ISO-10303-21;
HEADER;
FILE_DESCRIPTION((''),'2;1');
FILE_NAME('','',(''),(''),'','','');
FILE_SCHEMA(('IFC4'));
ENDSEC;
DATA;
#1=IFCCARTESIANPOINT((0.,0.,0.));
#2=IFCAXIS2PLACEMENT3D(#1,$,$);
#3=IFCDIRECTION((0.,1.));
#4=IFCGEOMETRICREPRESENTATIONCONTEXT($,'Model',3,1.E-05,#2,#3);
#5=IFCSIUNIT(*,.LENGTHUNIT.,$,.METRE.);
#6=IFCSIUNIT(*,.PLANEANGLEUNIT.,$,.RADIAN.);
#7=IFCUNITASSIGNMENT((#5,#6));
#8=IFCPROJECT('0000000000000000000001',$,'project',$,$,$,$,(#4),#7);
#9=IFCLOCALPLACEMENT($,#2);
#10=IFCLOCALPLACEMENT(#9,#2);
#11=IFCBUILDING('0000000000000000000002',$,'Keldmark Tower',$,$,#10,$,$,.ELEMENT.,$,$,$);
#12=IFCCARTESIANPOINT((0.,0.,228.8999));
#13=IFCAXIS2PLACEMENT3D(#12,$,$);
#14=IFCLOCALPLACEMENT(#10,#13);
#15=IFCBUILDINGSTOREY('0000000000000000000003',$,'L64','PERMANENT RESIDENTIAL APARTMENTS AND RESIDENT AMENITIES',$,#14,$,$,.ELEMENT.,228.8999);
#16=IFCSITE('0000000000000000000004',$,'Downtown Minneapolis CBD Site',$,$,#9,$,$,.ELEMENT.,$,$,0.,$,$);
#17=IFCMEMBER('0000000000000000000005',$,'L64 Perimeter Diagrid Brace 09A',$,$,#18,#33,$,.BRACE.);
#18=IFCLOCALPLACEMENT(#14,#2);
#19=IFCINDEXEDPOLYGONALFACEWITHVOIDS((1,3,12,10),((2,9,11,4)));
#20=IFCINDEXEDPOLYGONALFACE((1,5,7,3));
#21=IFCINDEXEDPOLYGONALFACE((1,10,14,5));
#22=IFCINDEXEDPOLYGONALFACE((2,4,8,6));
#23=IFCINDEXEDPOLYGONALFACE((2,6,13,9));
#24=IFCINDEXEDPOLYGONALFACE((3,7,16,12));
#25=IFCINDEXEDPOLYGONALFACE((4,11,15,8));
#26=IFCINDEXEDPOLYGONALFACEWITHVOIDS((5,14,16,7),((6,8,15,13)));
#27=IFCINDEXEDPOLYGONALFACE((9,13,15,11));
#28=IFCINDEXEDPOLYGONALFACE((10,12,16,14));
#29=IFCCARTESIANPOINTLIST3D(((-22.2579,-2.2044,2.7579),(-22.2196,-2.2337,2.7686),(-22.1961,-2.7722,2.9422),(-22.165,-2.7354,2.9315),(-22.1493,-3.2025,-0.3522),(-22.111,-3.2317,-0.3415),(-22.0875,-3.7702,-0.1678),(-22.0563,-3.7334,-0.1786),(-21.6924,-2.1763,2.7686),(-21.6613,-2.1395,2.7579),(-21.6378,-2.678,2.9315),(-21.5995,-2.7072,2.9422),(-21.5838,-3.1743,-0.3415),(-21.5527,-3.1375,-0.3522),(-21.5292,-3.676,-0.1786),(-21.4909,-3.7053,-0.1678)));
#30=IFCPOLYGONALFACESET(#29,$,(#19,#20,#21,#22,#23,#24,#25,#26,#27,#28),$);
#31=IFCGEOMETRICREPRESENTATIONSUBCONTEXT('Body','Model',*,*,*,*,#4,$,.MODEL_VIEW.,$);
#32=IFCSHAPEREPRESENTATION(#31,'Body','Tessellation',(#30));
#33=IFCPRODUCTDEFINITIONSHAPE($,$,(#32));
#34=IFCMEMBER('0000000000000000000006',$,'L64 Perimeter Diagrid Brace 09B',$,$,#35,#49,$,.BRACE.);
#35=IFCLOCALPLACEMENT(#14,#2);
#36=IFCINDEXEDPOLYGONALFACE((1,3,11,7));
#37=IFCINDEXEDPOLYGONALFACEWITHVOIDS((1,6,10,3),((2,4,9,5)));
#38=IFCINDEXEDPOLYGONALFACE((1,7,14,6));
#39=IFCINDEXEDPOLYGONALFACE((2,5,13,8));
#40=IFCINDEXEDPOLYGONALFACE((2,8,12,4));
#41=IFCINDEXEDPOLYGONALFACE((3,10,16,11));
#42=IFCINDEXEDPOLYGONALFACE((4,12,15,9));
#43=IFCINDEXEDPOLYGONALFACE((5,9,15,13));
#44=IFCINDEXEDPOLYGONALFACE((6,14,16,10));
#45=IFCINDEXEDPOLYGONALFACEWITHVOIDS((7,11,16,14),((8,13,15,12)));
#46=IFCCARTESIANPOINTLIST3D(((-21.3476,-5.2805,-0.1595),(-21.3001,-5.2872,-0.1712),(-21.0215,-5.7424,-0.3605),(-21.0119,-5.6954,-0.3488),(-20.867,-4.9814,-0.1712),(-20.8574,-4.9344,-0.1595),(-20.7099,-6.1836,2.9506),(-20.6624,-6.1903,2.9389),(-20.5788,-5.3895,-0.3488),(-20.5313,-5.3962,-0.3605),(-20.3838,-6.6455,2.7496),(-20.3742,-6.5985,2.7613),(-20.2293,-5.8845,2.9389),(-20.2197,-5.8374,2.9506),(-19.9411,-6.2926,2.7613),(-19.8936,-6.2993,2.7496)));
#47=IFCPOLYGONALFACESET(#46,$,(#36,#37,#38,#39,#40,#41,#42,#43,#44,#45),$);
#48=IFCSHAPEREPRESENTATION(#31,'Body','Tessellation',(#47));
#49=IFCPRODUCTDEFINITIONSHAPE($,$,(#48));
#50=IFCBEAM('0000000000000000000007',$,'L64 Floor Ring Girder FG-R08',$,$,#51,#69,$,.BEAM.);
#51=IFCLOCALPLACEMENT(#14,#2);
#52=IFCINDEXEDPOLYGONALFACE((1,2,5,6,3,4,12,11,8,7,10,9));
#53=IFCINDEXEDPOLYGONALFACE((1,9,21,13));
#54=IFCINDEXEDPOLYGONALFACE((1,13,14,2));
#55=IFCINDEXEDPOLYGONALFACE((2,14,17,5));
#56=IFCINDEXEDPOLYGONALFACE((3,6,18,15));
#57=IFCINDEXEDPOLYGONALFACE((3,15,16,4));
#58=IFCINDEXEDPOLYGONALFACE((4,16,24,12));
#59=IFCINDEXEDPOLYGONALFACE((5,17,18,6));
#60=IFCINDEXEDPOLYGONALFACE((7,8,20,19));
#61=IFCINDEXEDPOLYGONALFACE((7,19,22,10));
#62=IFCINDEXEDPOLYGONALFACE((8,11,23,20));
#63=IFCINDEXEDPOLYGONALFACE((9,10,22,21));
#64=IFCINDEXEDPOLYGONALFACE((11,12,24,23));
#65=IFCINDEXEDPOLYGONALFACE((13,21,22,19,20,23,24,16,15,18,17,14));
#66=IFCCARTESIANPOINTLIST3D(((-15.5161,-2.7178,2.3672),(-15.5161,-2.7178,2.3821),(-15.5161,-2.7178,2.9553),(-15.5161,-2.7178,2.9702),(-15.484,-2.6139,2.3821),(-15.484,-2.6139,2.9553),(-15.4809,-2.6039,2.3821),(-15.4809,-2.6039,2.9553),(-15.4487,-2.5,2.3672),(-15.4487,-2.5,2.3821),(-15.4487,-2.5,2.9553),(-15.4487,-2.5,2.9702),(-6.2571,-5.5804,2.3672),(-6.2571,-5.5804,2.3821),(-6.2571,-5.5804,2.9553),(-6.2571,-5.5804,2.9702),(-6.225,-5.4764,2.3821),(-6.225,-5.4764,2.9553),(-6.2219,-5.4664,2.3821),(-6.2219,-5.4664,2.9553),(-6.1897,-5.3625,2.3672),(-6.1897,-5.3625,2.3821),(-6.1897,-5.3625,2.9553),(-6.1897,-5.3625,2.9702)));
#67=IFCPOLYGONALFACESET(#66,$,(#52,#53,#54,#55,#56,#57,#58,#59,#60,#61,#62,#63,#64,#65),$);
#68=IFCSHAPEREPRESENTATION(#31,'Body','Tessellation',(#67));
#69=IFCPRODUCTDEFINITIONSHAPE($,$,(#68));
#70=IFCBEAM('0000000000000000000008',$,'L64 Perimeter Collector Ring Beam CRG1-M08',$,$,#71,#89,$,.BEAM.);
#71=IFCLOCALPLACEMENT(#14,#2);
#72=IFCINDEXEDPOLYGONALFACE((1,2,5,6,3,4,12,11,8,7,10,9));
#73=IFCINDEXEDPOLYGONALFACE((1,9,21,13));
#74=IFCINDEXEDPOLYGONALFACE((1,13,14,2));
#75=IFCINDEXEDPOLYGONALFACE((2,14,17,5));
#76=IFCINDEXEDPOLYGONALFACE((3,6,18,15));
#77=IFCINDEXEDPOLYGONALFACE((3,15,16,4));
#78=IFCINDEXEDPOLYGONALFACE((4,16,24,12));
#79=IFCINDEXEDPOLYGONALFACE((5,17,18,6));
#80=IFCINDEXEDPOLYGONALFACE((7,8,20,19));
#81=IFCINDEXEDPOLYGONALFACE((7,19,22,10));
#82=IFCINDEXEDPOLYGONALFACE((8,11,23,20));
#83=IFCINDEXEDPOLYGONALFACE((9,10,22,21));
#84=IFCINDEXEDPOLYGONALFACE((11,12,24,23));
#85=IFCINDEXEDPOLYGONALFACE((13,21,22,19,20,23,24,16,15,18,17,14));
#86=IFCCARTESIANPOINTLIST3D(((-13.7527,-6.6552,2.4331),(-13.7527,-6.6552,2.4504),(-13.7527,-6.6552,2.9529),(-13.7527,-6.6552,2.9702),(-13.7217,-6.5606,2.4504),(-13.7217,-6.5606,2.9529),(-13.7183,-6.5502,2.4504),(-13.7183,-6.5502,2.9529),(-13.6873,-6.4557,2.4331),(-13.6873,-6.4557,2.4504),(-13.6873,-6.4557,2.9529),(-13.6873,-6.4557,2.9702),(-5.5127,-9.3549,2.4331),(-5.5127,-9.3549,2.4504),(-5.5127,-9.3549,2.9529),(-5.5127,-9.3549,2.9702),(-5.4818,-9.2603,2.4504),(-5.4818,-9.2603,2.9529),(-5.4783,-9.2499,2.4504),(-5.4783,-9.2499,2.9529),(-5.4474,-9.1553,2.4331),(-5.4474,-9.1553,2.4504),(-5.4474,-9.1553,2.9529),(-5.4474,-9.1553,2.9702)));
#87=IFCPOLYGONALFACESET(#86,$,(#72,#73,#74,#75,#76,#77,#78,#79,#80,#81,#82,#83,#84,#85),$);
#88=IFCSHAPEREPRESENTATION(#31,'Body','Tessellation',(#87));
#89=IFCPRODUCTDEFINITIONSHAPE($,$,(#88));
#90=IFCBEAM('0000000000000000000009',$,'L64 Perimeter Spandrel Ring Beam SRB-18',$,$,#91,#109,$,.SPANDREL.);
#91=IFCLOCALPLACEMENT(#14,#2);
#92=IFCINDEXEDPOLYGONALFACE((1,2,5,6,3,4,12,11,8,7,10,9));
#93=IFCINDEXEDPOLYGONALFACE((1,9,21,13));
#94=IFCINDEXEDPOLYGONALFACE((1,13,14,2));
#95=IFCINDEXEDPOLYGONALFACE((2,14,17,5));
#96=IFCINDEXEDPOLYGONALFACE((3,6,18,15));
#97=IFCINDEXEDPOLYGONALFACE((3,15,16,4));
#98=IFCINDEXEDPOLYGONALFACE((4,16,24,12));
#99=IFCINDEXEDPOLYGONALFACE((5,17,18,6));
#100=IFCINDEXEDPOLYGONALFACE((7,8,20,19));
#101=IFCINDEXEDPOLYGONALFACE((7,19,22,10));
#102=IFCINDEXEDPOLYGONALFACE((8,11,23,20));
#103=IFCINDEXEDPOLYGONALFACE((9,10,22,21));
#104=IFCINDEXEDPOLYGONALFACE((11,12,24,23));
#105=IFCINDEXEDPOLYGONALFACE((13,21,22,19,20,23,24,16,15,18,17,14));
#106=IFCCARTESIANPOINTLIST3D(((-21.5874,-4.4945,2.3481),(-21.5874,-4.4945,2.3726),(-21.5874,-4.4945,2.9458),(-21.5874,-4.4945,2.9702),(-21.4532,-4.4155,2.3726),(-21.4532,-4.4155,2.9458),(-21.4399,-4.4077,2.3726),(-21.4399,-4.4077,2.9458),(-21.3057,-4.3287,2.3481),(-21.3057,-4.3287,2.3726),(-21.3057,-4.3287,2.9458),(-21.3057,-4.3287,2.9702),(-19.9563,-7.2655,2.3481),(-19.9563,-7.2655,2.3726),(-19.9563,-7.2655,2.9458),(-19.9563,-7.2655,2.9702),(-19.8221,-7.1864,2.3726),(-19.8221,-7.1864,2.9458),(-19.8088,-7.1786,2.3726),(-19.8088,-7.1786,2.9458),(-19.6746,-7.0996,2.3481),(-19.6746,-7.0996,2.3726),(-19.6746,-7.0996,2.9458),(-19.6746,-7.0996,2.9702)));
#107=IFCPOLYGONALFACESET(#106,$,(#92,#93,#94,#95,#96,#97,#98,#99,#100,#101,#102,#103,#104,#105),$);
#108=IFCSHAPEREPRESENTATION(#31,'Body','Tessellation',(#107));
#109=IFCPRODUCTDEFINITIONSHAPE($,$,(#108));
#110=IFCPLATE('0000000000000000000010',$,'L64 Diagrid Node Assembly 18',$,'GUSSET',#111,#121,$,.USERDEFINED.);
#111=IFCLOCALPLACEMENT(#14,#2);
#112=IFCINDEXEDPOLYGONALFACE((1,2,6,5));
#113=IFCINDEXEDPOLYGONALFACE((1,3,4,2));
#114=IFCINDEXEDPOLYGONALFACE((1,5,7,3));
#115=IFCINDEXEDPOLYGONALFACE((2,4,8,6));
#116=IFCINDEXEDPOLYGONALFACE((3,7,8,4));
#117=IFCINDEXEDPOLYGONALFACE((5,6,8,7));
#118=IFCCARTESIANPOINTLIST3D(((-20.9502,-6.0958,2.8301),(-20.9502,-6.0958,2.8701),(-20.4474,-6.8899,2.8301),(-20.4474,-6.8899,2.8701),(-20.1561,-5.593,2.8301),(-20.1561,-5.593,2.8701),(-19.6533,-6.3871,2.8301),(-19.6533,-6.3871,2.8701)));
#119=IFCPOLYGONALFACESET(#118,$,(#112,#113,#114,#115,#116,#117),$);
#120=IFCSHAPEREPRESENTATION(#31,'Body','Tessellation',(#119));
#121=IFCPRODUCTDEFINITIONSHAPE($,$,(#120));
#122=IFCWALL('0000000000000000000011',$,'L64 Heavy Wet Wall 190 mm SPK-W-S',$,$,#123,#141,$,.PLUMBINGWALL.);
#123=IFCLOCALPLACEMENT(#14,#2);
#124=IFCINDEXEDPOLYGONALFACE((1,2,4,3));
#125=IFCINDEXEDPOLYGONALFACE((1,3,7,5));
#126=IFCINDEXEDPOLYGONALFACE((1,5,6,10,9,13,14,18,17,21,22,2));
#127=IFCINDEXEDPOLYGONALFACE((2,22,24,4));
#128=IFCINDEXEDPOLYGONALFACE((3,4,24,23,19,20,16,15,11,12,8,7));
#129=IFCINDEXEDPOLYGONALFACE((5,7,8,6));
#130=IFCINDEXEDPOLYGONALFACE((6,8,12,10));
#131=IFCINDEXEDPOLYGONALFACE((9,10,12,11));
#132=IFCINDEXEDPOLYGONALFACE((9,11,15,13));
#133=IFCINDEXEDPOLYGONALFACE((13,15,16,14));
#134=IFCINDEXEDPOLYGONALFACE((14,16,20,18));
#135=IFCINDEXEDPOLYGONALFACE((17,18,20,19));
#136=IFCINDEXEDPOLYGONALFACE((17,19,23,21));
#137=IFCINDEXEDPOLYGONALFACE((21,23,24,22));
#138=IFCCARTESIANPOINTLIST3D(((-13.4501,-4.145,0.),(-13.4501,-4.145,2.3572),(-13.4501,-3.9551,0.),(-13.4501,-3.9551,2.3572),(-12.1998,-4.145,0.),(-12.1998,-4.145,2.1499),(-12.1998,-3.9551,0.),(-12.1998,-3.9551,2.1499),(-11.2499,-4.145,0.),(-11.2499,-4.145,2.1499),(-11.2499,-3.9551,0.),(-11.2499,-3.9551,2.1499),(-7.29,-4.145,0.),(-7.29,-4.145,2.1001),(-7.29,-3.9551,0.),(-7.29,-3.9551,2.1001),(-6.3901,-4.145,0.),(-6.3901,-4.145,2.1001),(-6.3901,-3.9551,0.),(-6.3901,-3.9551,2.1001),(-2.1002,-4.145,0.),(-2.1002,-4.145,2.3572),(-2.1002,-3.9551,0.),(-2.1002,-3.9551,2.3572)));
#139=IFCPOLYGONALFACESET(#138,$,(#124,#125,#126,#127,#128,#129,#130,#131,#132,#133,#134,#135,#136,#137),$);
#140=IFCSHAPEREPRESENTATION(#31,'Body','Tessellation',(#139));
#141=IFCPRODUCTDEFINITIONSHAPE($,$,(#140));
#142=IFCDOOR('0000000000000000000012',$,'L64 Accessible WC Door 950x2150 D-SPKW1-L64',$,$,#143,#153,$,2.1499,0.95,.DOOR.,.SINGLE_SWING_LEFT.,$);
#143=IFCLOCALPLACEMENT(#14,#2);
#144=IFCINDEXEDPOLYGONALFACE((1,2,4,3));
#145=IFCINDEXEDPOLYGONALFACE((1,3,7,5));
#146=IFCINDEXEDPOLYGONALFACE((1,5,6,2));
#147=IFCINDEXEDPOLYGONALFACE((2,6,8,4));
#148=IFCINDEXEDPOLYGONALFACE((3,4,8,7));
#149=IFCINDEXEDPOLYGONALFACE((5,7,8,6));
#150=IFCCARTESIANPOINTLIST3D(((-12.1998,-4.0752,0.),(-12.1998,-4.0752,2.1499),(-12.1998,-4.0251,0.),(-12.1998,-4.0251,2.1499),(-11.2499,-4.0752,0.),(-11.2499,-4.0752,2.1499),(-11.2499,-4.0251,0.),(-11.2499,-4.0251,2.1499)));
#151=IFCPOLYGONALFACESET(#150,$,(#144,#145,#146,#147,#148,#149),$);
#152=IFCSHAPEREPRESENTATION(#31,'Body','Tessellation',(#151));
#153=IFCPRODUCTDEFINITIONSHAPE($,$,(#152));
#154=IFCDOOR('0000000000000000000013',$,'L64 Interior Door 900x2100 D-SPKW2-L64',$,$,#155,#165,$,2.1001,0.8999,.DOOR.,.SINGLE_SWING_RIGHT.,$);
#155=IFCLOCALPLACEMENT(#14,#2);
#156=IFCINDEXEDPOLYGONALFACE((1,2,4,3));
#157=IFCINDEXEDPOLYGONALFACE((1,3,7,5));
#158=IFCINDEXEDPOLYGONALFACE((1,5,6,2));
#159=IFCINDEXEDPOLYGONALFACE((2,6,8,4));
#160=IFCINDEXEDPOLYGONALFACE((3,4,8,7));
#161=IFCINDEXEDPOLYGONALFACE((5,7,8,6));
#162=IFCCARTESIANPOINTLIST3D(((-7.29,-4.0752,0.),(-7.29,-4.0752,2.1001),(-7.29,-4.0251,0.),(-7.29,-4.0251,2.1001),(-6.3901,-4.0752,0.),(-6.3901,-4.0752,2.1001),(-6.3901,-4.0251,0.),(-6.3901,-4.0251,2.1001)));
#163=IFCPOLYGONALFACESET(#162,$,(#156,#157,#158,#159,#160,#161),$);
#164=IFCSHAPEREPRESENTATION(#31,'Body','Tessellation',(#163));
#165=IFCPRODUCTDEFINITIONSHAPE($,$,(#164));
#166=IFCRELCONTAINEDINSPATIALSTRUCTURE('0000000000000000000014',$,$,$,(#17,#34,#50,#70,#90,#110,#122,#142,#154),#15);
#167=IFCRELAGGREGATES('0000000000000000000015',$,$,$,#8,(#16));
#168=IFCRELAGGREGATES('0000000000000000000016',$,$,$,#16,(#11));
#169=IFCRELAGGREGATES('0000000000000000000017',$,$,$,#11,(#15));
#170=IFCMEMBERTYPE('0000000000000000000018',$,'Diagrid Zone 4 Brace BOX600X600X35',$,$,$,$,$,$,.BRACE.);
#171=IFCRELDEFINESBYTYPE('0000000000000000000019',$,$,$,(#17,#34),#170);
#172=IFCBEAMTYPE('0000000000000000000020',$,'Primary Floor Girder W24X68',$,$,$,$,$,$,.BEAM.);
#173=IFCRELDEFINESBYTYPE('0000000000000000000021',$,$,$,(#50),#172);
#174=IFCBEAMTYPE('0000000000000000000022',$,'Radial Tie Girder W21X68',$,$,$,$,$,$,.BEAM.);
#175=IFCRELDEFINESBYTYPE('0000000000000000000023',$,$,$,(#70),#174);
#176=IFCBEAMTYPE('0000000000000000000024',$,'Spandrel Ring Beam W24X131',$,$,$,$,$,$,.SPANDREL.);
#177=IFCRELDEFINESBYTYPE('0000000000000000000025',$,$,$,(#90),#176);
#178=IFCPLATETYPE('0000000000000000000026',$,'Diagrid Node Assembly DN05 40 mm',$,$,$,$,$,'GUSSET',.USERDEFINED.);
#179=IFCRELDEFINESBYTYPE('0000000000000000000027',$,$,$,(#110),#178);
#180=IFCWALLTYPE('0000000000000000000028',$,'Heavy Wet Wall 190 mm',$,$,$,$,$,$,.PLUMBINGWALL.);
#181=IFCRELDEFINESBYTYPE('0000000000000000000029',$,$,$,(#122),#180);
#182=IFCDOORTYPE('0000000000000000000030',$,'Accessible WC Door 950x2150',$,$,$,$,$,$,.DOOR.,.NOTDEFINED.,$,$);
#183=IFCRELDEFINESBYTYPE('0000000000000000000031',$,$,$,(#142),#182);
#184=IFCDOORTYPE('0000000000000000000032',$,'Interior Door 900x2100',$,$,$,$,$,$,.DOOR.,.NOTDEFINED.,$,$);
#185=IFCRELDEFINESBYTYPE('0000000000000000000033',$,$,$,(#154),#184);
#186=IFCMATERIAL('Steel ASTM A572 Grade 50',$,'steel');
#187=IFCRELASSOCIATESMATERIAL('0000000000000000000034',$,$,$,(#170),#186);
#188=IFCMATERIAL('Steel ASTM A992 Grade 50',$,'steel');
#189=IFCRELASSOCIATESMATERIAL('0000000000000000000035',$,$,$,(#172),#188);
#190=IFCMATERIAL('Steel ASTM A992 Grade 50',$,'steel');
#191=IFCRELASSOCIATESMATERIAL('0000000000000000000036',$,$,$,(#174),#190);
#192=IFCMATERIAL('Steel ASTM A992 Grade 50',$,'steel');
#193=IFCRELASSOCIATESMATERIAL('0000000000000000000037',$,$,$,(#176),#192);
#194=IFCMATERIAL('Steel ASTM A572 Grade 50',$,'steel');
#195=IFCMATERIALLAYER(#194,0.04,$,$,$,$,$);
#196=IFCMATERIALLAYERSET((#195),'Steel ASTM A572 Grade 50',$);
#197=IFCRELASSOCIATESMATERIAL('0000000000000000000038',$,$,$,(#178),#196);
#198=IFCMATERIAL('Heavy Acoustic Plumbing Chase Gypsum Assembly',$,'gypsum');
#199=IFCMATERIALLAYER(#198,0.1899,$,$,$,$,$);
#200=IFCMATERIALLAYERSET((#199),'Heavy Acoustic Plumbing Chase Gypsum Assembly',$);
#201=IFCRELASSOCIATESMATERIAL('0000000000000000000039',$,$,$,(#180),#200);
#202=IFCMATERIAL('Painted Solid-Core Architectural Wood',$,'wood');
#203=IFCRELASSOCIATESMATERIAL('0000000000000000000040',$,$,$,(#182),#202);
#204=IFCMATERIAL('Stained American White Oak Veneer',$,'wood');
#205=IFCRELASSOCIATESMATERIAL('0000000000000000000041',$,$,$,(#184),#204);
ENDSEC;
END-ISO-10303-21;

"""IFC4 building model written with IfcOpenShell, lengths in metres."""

from ifc_helpers import new_model, si_unit, direction, frame, frame_2d, origin, origin_2d, place, context, subcontext, project, spatial, rectangle, hollow_rectangle, i_section, extrude, material, layer, layer_set, material_profile, profile_set, type_object, element, fill, save


model = new_model("IFC4")

# Units and contexts
model_context = context("Model", 3, precision=1e-05, world=origin(), true_north=direction((0.0, 1.0)))
body_context = subcontext(model_context, "Body", "Model", "MODEL_VIEW")
ifc_project = project(units=[si_unit("LENGTHUNIT", "METRE"), si_unit("PLANEANGLEUNIT", "RADIAN")], contexts=[model_context])

# Site, building, storey
site_placement = place(None, origin())
site = spatial("IfcSite", under=ifc_project, at=site_placement, Name="Downtown Minneapolis CBD Site", CompositionType="ELEMENT", RefElevation=0.0)
building_placement = place(site_placement, origin())
building = spatial("IfcBuilding", under=site, at=building_placement, Name="Keldmark Tower", CompositionType="ELEMENT")
storey_placement = place(building_placement, frame((0.0, 0.0, 228.8999)))
storey = spatial("IfcBuildingStorey", under=building, at=storey_placement, Name="L64", Description="PERMANENT RESIDENTIAL APARTMENTS AND RESIDENT AMENITIES", CompositionType="ELEMENT", Elevation=228.8999)

# Members
ifc_material_1 = material(Name="Steel ASTM A572 Grade 50", Category="steel")
ifc_material_profile_1 = material_profile(ifc_material_1, hollow_rectangle(XDim=0.6001, YDim=0.6001, WallThickness=0.0349, at=origin_2d()), Name="BOX600X600X35")
ifc_profile_set_1 = profile_set([ifc_material_profile_1], Name="Steel ASTM A572 Grade 50")
member_type = type_object("IfcMemberType", Name="Diagrid Zone 4 Brace BOX600X600X35", PredefinedType="BRACE", material=ifc_profile_set_1)
member_1_placement = place(storey_placement, frame((-21.8201, -3.4539, -0.26), z_axis=(-0.033243, 0.305388, 0.951648), x_axis=(-0.994127, -0.108216, 0.0)))
element("IfcMember", 1, at=member_1_placement, inside=storey, type_object=member_type, Name="L64 Perimeter Diagrid Brace 09A", PredefinedType="BRACE", context=body_context, shape_type="SweptSolid", body=[
    extrude(hollow_rectangle(XDim=0.6001, YDim=0.6001, WallThickness=0.0349, at=origin_2d()), origin(), (0.0, 0.0, 1.0), 3.2681),
])
member_2_placement = place(storey_placement, frame((-20.9395, -5.3384, -0.26), z_axis=(0.193197, -0.273597, 0.942242), x_axis=(0.81687, 0.576822, 0.0)))
element("IfcMember", 2, at=member_2_placement, inside=storey, type_object=member_type, Name="L64 Perimeter Diagrid Brace 09B", PredefinedType="BRACE", context=body_context, shape_type="SweptSolid", body=[
    extrude(hollow_rectangle(XDim=0.6001, YDim=0.6001, WallThickness=0.0349, at=origin_2d()), origin(), (0.0, 0.0, 1.0), 3.3008),
])

# Beams
ifc_material_2 = material(Name="Steel ASTM A992 Grade 50", Category="steel")
ifc_material_profile_2 = material_profile(ifc_material_2, i_section(OverallWidth=0.228, OverallDepth=0.603, WebThickness=0.0105, FlangeThickness=0.0149, at=origin_2d()), Name="W24X68")
ifc_profile_set_2 = profile_set([ifc_material_profile_2], Name="Steel ASTM A992 Grade 50")
beam_type_1 = type_object("IfcBeamType", Name="Primary Floor Girder W24X68", PredefinedType="BEAM", material=ifc_profile_set_2)
beam_1_placement = place(storey_placement, frame((-15.4824, -2.6089, 2.6687), z_axis=(0.955383, -0.295369, 0.0), x_axis=(0.295369, 0.955383, 0.0)))
element("IfcBeam", 3, at=beam_1_placement, inside=storey, type_object=beam_type_1, Name="L64 Floor Ring Girder FG-R08", PredefinedType="BEAM", context=body_context, shape_type="SweptSolid", body=[
    extrude(i_section(OverallWidth=0.228, OverallDepth=0.603, WebThickness=0.0105, FlangeThickness=0.0149, at=origin_2d()), origin(), (0.0, 0.0, 1.0), 9.6914),
])
ifc_material_3 = material(Name="Steel ASTM A992 Grade 50", Category="steel")
ifc_material_profile_3 = material_profile(ifc_material_3, i_section(OverallWidth=0.21, OverallDepth=0.5371, WebThickness=0.011, FlangeThickness=0.0173, at=origin_2d()), Name="W21X68")
ifc_profile_set_3 = profile_set([ifc_material_profile_3], Name="Steel ASTM A992 Grade 50")
beam_type_2 = type_object("IfcBeamType", Name="Radial Tie Girder W21X68", PredefinedType="BEAM", material=ifc_profile_set_3)
beam_2_placement = place(storey_placement, frame((-13.72, -6.5554, 2.7017), z_axis=(0.950295, -0.31135, 0.0), x_axis=(0.31135, 0.950295, 0.0)))
element("IfcBeam", 4, at=beam_2_placement, inside=storey, type_object=beam_type_2, Name="L64 Perimeter Collector Ring Beam CRG1-M08", PredefinedType="BEAM", context=body_context, shape_type="SweptSolid", body=[
    extrude(i_section(OverallWidth=0.21, OverallDepth=0.5371, WebThickness=0.011, FlangeThickness=0.0173, at=origin_2d()), origin(), (0.0, 0.0, 1.0), 8.6709),
])
ifc_material_4 = material(Name="Steel ASTM A992 Grade 50", Category="steel")
ifc_material_profile_4 = material_profile(ifc_material_4, i_section(OverallWidth=0.3269, OverallDepth=0.6221, WebThickness=0.0154, FlangeThickness=0.0244, at=origin_2d()), Name="W24X131")
ifc_profile_set_4 = profile_set([ifc_material_profile_4], Name="Steel ASTM A992 Grade 50")
beam_type_3 = type_object("IfcBeamType", Name="Spandrel Ring Beam W24X131", PredefinedType="SPANDREL", material=ifc_profile_set_4)
beam_3_placement = place(storey_placement, frame((-21.4465, -4.4116, 2.6592), z_axis=(0.507276, -0.861784, 0.0), x_axis=(0.861784, 0.507276, 0.0)))
element("IfcBeam", 5, at=beam_3_placement, inside=storey, type_object=beam_type_3, Name="L64 Perimeter Spandrel Ring Beam SRB-18", PredefinedType="SPANDREL", context=body_context, shape_type="SweptSolid", body=[
    extrude(i_section(OverallWidth=0.3269, OverallDepth=0.6221, WebThickness=0.0154, FlangeThickness=0.0244, at=origin_2d()), origin(), (0.0, 0.0, 1.0), 3.2153),
])

# Plate
ifc_material_5 = material(Name="Steel ASTM A572 Grade 50", Category="steel")
ifc_layer_1 = layer(ifc_material_5, 0.04)
ifc_layer_set_1 = layer_set([ifc_layer_1], Name="Steel ASTM A572 Grade 50")
plate_type = type_object("IfcPlateType", Name="Diagrid Node Assembly DN05 40 mm", ElementType="GUSSET", PredefinedType="USERDEFINED", material=ifc_layer_set_1)
plate_placement = place(storey_placement, frame((-20.3018, -6.2415, 2.8301), z_axis=(0.0, 0.0, 1.0), x_axis=(0.534942, -0.844889, 0.0)))
element("IfcPlate", 6, at=plate_placement, inside=storey, type_object=plate_type, Name="L64 Diagrid Node Assembly 18", ObjectType="GUSSET", PredefinedType="USERDEFINED", context=body_context, shape_type="SweptSolid", body=[
    extrude(rectangle(XDim=0.9399, YDim=0.9399, at=origin_2d()), origin(), (0.0, 0.0, 1.0), 0.04),
])

# Wall, openings, doors
ifc_material_6 = material(Name="Heavy Acoustic Plumbing Chase Gypsum Assembly", Category="gypsum")
ifc_layer_2 = layer(ifc_material_6, 0.1899)
ifc_layer_set_2 = layer_set([ifc_layer_2], Name="Heavy Acoustic Plumbing Chase Gypsum Assembly")
wall_type_1 = type_object("IfcWallType", Name="Heavy Wet Wall 190 mm", PredefinedType="PLUMBINGWALL", material=ifc_layer_set_2)
wall_1_placement = place(storey_placement, frame((-13.45, -4.05, 0.0), z_axis=(0.0, 0.0, 1.0), x_axis=(1.0, 0.0, 0.0)))
wall_1 = element("IfcWall", 7, at=wall_1_placement, inside=storey, type_object=wall_type_1, Name="L64 Heavy Wet Wall 190 mm SPK-W-S", PredefinedType="PLUMBINGWALL", context=body_context, shape_type="SweptSolid", body=[
    extrude(rectangle(XDim=11.3499, YDim=0.1899, at=frame_2d((5.6748, 0.0))), origin(), (0.0, 0.0, 1.0), 2.3572),
])
opening_1_placement = place(wall_1_placement, frame((1.25, 0.0, 0.0)))
opening_1 = element("IfcOpeningElement", 8, at=opening_1_placement, cuts=wall_1, PredefinedType="OPENING", context=body_context, shape_type="SweptSolid", body=[
    extrude(rectangle(XDim=0.95, YDim=2.1499, at=frame_2d((0.4751, 1.075))), frame((0.0, 0.105, 0.0), z_axis=(0.0, -1.0, 0.0), x_axis=(1.0, 0.0, 0.0)), (0.0, 0.0, 1.0), 0.21),
])
opening_2_placement = place(wall_1_placement, frame((6.1599, 0.0, 0.0)))
opening_2 = element("IfcOpeningElement", 9, at=opening_2_placement, cuts=wall_1, PredefinedType="OPENING", context=body_context, shape_type="SweptSolid", body=[
    extrude(rectangle(XDim=0.8999, YDim=2.1001, at=frame_2d((0.45, 1.05))), frame((0.0, 0.105, 0.0), z_axis=(0.0, -1.0, 0.0), x_axis=(1.0, 0.0, 0.0)), (0.0, 0.0, 1.0), 0.21),
])
ifc_material_7 = material(Name="Painted Solid-Core Architectural Wood", Category="wood")
door_type_1 = type_object("IfcDoorType", Name="Accessible WC Door 950x2150", OperationType="NOTDEFINED", PredefinedType="DOOR", material=ifc_material_7)
door_1_placement = place(opening_1_placement, origin())
door_1 = element("IfcDoor", 10, at=door_1_placement, inside=storey, type_object=door_type_1, Name="L64 Accessible WC Door 950x2150 D-SPKW1-L64", OperationType="SINGLE_SWING_LEFT", OverallHeight=2.1499, OverallWidth=0.95, PredefinedType="DOOR", context=body_context, shape_type="SweptSolid", body=[
    extrude(rectangle(XDim=0.95, YDim=2.1499, at=frame_2d((0.4751, 1.075))), frame((0.0, 0.0249, 0.0), z_axis=(0.0, -1.0, 0.0), x_axis=(1.0, 0.0, 0.0)), (0.0, 0.0, 1.0), 0.05),
])
fill(opening_1, door_1)
ifc_material_8 = material(Name="Stained American White Oak Veneer", Category="wood")
door_type_2 = type_object("IfcDoorType", Name="Interior Door 900x2100", OperationType="NOTDEFINED", PredefinedType="DOOR", material=ifc_material_8)
door_2_placement = place(opening_2_placement, origin())
door_2 = element("IfcDoor", 11, at=door_2_placement, inside=storey, type_object=door_type_2, Name="L64 Interior Door 900x2100 D-SPKW2-L64", OperationType="SINGLE_SWING_RIGHT", OverallHeight=2.1001, OverallWidth=0.8999, PredefinedType="DOOR", context=body_context, shape_type="SweptSolid", body=[
    extrude(rectangle(XDim=0.8999, YDim=2.1001, at=frame_2d((0.45, 1.05))), frame((0.0, 0.0249, 0.0), z_axis=(0.0, -1.0, 0.0), x_axis=(1.0, 0.0, 0.0)), (0.0, 0.0, 1.0), 0.05),
])
fill(opening_2, door_2)

save(model, "model.ifc")
